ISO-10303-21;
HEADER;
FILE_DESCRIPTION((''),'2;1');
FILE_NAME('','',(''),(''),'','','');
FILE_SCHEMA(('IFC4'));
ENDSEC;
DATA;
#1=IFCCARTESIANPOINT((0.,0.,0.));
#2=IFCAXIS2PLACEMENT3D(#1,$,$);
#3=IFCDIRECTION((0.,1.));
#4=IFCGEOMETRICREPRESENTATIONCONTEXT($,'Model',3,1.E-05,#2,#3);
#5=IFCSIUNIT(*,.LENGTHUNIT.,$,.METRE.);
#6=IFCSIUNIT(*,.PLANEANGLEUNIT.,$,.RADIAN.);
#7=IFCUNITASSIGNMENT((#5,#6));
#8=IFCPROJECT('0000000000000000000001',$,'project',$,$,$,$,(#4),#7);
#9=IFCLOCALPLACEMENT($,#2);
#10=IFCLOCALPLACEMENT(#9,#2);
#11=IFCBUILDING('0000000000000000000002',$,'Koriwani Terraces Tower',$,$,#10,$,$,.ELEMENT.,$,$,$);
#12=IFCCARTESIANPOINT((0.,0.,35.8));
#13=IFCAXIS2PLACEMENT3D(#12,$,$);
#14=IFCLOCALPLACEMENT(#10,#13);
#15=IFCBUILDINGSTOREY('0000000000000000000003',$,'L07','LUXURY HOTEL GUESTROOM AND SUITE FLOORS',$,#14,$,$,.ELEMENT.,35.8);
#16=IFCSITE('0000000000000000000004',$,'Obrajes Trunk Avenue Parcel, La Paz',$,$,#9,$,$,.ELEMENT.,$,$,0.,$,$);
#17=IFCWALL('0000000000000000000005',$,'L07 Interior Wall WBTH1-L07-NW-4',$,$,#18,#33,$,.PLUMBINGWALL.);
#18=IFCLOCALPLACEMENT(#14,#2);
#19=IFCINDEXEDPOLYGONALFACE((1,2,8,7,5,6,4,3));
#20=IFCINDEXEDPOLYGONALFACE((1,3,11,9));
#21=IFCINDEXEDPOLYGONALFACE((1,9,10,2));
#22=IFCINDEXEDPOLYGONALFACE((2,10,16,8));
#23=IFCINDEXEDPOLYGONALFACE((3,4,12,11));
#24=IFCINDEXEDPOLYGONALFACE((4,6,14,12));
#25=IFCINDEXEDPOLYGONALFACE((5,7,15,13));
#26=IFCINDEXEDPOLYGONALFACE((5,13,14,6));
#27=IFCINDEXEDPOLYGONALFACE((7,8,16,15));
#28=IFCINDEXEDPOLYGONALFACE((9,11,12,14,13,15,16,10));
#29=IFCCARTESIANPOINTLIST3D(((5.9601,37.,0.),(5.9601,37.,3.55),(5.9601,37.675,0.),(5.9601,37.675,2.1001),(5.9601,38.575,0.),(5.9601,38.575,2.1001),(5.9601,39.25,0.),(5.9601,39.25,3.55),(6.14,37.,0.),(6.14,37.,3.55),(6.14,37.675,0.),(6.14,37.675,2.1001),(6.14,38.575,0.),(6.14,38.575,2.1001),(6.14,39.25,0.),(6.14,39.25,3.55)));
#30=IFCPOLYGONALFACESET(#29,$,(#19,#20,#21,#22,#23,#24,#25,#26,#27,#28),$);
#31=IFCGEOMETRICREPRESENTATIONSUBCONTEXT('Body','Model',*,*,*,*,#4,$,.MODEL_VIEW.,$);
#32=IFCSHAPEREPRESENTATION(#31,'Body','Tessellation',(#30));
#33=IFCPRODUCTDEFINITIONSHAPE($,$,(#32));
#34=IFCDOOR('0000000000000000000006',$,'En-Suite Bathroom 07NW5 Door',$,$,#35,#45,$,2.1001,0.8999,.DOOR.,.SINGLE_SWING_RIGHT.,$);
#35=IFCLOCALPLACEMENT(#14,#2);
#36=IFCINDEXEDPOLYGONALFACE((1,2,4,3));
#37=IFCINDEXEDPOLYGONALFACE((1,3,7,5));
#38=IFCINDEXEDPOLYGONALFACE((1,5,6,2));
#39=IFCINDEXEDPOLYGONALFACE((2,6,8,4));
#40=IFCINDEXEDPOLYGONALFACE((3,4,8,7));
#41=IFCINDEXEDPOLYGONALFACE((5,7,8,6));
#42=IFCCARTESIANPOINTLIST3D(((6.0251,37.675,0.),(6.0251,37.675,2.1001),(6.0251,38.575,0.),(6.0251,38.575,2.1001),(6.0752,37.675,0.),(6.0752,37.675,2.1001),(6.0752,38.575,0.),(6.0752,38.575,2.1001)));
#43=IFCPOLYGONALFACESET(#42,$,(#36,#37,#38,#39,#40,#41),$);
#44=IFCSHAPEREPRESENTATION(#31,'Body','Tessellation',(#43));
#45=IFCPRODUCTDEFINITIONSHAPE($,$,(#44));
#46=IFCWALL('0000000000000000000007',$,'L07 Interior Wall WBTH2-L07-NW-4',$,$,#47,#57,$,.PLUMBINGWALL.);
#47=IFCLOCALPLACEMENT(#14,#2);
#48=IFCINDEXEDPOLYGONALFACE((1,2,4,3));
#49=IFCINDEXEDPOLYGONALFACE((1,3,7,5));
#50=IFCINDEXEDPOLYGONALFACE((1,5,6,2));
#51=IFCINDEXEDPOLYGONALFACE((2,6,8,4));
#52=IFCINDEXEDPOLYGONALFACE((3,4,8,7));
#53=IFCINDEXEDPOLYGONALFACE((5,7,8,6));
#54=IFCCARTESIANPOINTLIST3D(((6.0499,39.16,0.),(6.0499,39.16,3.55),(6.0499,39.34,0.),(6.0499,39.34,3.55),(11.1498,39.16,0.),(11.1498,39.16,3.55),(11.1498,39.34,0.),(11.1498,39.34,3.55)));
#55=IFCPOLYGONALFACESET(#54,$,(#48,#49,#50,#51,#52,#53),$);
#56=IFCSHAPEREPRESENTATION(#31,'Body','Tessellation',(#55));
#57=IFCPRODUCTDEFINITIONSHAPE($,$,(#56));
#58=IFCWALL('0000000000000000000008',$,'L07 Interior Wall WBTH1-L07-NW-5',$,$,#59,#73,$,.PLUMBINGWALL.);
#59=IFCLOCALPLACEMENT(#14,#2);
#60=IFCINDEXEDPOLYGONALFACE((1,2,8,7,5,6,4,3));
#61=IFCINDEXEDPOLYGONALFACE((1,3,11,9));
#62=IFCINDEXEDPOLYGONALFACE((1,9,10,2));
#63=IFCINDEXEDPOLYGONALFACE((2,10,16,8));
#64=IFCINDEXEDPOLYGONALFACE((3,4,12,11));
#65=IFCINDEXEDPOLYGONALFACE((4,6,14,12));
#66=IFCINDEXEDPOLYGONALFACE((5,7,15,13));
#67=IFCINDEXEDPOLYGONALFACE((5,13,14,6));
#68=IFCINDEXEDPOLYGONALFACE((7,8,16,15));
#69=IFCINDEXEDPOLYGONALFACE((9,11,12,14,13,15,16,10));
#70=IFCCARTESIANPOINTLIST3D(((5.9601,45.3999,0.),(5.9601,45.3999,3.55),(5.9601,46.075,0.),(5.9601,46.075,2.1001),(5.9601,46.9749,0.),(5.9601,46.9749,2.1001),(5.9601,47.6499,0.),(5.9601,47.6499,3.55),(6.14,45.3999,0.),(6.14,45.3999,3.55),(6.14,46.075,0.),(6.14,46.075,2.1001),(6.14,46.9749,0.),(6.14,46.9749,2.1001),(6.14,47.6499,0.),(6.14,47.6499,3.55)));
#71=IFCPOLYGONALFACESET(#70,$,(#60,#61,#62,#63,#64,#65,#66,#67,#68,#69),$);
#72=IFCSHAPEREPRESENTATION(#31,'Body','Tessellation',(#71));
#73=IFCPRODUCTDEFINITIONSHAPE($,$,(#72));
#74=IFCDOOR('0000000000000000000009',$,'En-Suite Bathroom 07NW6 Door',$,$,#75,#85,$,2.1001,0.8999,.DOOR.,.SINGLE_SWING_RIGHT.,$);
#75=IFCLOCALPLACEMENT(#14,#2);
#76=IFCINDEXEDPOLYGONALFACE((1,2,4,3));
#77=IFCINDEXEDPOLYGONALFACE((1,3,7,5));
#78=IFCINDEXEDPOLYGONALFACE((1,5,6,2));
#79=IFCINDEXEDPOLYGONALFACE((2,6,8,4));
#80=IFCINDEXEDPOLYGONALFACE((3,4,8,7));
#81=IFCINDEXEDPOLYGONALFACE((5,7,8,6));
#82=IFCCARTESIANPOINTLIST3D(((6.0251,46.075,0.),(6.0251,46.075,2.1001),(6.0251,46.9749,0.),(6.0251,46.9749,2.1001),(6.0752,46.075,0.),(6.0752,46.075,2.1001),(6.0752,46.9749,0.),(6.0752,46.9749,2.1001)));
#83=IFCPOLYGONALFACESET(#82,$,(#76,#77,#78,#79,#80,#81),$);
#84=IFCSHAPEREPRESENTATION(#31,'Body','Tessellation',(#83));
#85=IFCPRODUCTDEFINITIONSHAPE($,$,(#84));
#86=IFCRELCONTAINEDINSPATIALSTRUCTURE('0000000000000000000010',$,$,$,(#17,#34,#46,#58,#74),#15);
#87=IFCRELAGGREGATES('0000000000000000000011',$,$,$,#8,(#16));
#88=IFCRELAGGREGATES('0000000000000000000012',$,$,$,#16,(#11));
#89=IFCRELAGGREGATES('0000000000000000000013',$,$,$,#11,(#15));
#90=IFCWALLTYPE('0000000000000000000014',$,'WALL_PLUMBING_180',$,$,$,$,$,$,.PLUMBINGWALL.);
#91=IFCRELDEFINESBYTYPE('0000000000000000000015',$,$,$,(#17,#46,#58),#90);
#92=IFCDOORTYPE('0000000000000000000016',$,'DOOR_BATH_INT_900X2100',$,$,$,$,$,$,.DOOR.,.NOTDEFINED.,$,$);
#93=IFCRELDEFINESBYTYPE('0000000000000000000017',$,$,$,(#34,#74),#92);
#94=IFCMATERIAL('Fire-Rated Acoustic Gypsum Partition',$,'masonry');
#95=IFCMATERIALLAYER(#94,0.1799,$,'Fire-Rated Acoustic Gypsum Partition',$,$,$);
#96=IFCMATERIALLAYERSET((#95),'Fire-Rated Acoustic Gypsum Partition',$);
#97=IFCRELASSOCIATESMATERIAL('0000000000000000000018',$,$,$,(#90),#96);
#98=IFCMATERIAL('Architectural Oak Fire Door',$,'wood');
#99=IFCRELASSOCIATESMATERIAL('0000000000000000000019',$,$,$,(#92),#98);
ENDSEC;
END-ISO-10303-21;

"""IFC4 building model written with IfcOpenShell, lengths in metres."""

from ifc_helpers import new_model, si_unit, direction, frame, frame_2d, origin, place, context, subcontext, project, spatial, rectangle, extrude, material, layer, layer_set, type_object, element, fill, save


model = new_model("IFC4")

# Units and contexts
model_context = context("Model", 3, precision=1e-05, world=origin(), true_north=direction((0.0, 1.0)))
body_context = subcontext(model_context, "Body", "Model", "MODEL_VIEW")
ifc_project = project(units=[si_unit("LENGTHUNIT", "METRE"), si_unit("PLANEANGLEUNIT", "RADIAN")], contexts=[model_context])

# Site, building, storey
site_placement = place(None, origin())
site = spatial("IfcSite", under=ifc_project, at=site_placement, Name="Obrajes Trunk Avenue Parcel, La Paz", CompositionType="ELEMENT", RefElevation=0.0)
building_placement = place(site_placement, origin())
building = spatial("IfcBuilding", under=site, at=building_placement, Name="Koriwani Terraces Tower", CompositionType="ELEMENT")
storey_placement = place(building_placement, frame((0.0, 0.0, 35.8)))
storey = spatial("IfcBuildingStorey", under=building, at=storey_placement, Name="L07", Description="LUXURY HOTEL GUESTROOM AND SUITE FLOORS", CompositionType="ELEMENT", Elevation=35.8)

# Shared definitions
ifc_material_1 = material(Name="Fire-Rated Acoustic Gypsum Partition", Category="masonry")
ifc_layer_1 = layer(ifc_material_1, 0.1799, Name="Fire-Rated Acoustic Gypsum Partition")
ifc_layer_set_1 = layer_set([ifc_layer_1], Name="Fire-Rated Acoustic Gypsum Partition")
wall_type_1 = type_object("IfcWallType", Name="WALL_PLUMBING_180", PredefinedType="PLUMBINGWALL", material=ifc_layer_set_1)

# Shared definitions
ifc_material_2 = material(Name="Architectural Oak Fire Door", Category="wood")
door_type = type_object("IfcDoorType", Name="DOOR_BATH_INT_900X2100", OperationType="NOTDEFINED", PredefinedType="DOOR", material=ifc_material_2)

# Wall, opening, door
wall_1_placement = place(storey_placement, frame((6.05, 37.0, 0.0), z_axis=(0.0, 0.0, 1.0), x_axis=(0.0, 1.0, 0.0)))
wall_1 = element("IfcWall", 1, at=wall_1_placement, inside=storey, type_object=wall_type_1, Name="L07 Interior Wall WBTH1-L07-NW-4", PredefinedType="PLUMBINGWALL", context=body_context, shape_type="SweptSolid", body=[
    extrude(rectangle(XDim=2.25, YDim=0.1799, at=frame_2d((1.125, 0.0))), origin(), (0.0, 0.0, 1.0), 3.55),
])
opening_1_placement = place(wall_1_placement, frame((0.675, 0.0, 0.0)))
opening_1 = element("IfcOpeningElement", 2, at=opening_1_placement, cuts=wall_1, PredefinedType="OPENING", context=body_context, shape_type="SweptSolid", body=[
    extrude(rectangle(XDim=0.8999, YDim=2.1001, at=frame_2d((0.45, 1.05))), frame((0.0, 0.1001, 0.0), z_axis=(0.0, -1.0, 0.0), x_axis=(1.0, 0.0, 0.0)), (0.0, 0.0, 1.0), 0.2),
])
door_1_placement = place(opening_1_placement, origin())
door_1 = element("IfcDoor", 3, at=door_1_placement, inside=storey, type_object=door_type, Name="En-Suite Bathroom 07NW5 Door", OperationType="SINGLE_SWING_RIGHT", OverallHeight=2.1001, OverallWidth=0.8999, PredefinedType="DOOR", context=body_context, shape_type="SweptSolid", body=[
    extrude(rectangle(XDim=0.8999, YDim=2.1001, at=frame_2d((0.45, 1.05))), frame((0.0, 0.0249, 0.0), z_axis=(0.0, -1.0, 0.0), x_axis=(1.0, 0.0, 0.0)), (0.0, 0.0, 1.0), 0.05),
])
fill(opening_1, door_1)

# Wall
wall_2_placement = place(storey_placement, frame((6.05, 39.25, 0.0), z_axis=(0.0, 0.0, 1.0), x_axis=(1.0, 0.0, 0.0)))
element("IfcWall", 4, at=wall_2_placement, inside=storey, type_object=wall_type_1, Name="L07 Interior Wall WBTH2-L07-NW-4", PredefinedType="PLUMBINGWALL", context=body_context, shape_type="SweptSolid", body=[
    extrude(rectangle(XDim=5.0999, YDim=0.1799, at=frame_2d((2.5498, 0.0))), origin(), (0.0, 0.0, 1.0), 3.55),
])

# Wall, opening, door
wall_3_placement = place(storey_placement, frame((6.05, 45.3999, 0.0), z_axis=(0.0, 0.0, 1.0), x_axis=(0.0, 1.0, 0.0)))
wall_3 = element("IfcWall", 5, at=wall_3_placement, inside=storey, type_object=wall_type_1, Name="L07 Interior Wall WBTH1-L07-NW-5", PredefinedType="PLUMBINGWALL", context=body_context, shape_type="SweptSolid", body=[
    extrude(rectangle(XDim=2.25, YDim=0.1799, at=frame_2d((1.125, 0.0))), origin(), (0.0, 0.0, 1.0), 3.55),
])
opening_2_placement = place(wall_3_placement, frame((0.675, 0.0, 0.0)))
opening_2 = element("IfcOpeningElement", 6, at=opening_2_placement, cuts=wall_3, PredefinedType="OPENING", context=body_context, shape_type="SweptSolid", body=[
    extrude(rectangle(XDim=0.8999, YDim=2.1001, at=frame_2d((0.45, 1.05))), frame((0.0, 0.1001, 0.0), z_axis=(0.0, -1.0, 0.0), x_axis=(1.0, 0.0, 0.0)), (0.0, 0.0, 1.0), 0.2),
])
door_2_placement = place(opening_2_placement, origin())
door_2 = element("IfcDoor", 7, at=door_2_placement, inside=storey, type_object=door_type, Name="En-Suite Bathroom 07NW6 Door", OperationType="SINGLE_SWING_RIGHT", OverallHeight=2.1001, OverallWidth=0.8999, PredefinedType="DOOR", context=body_context, shape_type="SweptSolid", body=[
    extrude(rectangle(XDim=0.8999, YDim=2.1001, at=frame_2d((0.45, 1.05))), frame((0.0, 0.0249, 0.0), z_axis=(0.0, -1.0, 0.0), x_axis=(1.0, 0.0, 0.0)), (0.0, 0.0, 1.0), 0.05),
])
fill(opening_2, door_2)

save(model, "model.ifc")
